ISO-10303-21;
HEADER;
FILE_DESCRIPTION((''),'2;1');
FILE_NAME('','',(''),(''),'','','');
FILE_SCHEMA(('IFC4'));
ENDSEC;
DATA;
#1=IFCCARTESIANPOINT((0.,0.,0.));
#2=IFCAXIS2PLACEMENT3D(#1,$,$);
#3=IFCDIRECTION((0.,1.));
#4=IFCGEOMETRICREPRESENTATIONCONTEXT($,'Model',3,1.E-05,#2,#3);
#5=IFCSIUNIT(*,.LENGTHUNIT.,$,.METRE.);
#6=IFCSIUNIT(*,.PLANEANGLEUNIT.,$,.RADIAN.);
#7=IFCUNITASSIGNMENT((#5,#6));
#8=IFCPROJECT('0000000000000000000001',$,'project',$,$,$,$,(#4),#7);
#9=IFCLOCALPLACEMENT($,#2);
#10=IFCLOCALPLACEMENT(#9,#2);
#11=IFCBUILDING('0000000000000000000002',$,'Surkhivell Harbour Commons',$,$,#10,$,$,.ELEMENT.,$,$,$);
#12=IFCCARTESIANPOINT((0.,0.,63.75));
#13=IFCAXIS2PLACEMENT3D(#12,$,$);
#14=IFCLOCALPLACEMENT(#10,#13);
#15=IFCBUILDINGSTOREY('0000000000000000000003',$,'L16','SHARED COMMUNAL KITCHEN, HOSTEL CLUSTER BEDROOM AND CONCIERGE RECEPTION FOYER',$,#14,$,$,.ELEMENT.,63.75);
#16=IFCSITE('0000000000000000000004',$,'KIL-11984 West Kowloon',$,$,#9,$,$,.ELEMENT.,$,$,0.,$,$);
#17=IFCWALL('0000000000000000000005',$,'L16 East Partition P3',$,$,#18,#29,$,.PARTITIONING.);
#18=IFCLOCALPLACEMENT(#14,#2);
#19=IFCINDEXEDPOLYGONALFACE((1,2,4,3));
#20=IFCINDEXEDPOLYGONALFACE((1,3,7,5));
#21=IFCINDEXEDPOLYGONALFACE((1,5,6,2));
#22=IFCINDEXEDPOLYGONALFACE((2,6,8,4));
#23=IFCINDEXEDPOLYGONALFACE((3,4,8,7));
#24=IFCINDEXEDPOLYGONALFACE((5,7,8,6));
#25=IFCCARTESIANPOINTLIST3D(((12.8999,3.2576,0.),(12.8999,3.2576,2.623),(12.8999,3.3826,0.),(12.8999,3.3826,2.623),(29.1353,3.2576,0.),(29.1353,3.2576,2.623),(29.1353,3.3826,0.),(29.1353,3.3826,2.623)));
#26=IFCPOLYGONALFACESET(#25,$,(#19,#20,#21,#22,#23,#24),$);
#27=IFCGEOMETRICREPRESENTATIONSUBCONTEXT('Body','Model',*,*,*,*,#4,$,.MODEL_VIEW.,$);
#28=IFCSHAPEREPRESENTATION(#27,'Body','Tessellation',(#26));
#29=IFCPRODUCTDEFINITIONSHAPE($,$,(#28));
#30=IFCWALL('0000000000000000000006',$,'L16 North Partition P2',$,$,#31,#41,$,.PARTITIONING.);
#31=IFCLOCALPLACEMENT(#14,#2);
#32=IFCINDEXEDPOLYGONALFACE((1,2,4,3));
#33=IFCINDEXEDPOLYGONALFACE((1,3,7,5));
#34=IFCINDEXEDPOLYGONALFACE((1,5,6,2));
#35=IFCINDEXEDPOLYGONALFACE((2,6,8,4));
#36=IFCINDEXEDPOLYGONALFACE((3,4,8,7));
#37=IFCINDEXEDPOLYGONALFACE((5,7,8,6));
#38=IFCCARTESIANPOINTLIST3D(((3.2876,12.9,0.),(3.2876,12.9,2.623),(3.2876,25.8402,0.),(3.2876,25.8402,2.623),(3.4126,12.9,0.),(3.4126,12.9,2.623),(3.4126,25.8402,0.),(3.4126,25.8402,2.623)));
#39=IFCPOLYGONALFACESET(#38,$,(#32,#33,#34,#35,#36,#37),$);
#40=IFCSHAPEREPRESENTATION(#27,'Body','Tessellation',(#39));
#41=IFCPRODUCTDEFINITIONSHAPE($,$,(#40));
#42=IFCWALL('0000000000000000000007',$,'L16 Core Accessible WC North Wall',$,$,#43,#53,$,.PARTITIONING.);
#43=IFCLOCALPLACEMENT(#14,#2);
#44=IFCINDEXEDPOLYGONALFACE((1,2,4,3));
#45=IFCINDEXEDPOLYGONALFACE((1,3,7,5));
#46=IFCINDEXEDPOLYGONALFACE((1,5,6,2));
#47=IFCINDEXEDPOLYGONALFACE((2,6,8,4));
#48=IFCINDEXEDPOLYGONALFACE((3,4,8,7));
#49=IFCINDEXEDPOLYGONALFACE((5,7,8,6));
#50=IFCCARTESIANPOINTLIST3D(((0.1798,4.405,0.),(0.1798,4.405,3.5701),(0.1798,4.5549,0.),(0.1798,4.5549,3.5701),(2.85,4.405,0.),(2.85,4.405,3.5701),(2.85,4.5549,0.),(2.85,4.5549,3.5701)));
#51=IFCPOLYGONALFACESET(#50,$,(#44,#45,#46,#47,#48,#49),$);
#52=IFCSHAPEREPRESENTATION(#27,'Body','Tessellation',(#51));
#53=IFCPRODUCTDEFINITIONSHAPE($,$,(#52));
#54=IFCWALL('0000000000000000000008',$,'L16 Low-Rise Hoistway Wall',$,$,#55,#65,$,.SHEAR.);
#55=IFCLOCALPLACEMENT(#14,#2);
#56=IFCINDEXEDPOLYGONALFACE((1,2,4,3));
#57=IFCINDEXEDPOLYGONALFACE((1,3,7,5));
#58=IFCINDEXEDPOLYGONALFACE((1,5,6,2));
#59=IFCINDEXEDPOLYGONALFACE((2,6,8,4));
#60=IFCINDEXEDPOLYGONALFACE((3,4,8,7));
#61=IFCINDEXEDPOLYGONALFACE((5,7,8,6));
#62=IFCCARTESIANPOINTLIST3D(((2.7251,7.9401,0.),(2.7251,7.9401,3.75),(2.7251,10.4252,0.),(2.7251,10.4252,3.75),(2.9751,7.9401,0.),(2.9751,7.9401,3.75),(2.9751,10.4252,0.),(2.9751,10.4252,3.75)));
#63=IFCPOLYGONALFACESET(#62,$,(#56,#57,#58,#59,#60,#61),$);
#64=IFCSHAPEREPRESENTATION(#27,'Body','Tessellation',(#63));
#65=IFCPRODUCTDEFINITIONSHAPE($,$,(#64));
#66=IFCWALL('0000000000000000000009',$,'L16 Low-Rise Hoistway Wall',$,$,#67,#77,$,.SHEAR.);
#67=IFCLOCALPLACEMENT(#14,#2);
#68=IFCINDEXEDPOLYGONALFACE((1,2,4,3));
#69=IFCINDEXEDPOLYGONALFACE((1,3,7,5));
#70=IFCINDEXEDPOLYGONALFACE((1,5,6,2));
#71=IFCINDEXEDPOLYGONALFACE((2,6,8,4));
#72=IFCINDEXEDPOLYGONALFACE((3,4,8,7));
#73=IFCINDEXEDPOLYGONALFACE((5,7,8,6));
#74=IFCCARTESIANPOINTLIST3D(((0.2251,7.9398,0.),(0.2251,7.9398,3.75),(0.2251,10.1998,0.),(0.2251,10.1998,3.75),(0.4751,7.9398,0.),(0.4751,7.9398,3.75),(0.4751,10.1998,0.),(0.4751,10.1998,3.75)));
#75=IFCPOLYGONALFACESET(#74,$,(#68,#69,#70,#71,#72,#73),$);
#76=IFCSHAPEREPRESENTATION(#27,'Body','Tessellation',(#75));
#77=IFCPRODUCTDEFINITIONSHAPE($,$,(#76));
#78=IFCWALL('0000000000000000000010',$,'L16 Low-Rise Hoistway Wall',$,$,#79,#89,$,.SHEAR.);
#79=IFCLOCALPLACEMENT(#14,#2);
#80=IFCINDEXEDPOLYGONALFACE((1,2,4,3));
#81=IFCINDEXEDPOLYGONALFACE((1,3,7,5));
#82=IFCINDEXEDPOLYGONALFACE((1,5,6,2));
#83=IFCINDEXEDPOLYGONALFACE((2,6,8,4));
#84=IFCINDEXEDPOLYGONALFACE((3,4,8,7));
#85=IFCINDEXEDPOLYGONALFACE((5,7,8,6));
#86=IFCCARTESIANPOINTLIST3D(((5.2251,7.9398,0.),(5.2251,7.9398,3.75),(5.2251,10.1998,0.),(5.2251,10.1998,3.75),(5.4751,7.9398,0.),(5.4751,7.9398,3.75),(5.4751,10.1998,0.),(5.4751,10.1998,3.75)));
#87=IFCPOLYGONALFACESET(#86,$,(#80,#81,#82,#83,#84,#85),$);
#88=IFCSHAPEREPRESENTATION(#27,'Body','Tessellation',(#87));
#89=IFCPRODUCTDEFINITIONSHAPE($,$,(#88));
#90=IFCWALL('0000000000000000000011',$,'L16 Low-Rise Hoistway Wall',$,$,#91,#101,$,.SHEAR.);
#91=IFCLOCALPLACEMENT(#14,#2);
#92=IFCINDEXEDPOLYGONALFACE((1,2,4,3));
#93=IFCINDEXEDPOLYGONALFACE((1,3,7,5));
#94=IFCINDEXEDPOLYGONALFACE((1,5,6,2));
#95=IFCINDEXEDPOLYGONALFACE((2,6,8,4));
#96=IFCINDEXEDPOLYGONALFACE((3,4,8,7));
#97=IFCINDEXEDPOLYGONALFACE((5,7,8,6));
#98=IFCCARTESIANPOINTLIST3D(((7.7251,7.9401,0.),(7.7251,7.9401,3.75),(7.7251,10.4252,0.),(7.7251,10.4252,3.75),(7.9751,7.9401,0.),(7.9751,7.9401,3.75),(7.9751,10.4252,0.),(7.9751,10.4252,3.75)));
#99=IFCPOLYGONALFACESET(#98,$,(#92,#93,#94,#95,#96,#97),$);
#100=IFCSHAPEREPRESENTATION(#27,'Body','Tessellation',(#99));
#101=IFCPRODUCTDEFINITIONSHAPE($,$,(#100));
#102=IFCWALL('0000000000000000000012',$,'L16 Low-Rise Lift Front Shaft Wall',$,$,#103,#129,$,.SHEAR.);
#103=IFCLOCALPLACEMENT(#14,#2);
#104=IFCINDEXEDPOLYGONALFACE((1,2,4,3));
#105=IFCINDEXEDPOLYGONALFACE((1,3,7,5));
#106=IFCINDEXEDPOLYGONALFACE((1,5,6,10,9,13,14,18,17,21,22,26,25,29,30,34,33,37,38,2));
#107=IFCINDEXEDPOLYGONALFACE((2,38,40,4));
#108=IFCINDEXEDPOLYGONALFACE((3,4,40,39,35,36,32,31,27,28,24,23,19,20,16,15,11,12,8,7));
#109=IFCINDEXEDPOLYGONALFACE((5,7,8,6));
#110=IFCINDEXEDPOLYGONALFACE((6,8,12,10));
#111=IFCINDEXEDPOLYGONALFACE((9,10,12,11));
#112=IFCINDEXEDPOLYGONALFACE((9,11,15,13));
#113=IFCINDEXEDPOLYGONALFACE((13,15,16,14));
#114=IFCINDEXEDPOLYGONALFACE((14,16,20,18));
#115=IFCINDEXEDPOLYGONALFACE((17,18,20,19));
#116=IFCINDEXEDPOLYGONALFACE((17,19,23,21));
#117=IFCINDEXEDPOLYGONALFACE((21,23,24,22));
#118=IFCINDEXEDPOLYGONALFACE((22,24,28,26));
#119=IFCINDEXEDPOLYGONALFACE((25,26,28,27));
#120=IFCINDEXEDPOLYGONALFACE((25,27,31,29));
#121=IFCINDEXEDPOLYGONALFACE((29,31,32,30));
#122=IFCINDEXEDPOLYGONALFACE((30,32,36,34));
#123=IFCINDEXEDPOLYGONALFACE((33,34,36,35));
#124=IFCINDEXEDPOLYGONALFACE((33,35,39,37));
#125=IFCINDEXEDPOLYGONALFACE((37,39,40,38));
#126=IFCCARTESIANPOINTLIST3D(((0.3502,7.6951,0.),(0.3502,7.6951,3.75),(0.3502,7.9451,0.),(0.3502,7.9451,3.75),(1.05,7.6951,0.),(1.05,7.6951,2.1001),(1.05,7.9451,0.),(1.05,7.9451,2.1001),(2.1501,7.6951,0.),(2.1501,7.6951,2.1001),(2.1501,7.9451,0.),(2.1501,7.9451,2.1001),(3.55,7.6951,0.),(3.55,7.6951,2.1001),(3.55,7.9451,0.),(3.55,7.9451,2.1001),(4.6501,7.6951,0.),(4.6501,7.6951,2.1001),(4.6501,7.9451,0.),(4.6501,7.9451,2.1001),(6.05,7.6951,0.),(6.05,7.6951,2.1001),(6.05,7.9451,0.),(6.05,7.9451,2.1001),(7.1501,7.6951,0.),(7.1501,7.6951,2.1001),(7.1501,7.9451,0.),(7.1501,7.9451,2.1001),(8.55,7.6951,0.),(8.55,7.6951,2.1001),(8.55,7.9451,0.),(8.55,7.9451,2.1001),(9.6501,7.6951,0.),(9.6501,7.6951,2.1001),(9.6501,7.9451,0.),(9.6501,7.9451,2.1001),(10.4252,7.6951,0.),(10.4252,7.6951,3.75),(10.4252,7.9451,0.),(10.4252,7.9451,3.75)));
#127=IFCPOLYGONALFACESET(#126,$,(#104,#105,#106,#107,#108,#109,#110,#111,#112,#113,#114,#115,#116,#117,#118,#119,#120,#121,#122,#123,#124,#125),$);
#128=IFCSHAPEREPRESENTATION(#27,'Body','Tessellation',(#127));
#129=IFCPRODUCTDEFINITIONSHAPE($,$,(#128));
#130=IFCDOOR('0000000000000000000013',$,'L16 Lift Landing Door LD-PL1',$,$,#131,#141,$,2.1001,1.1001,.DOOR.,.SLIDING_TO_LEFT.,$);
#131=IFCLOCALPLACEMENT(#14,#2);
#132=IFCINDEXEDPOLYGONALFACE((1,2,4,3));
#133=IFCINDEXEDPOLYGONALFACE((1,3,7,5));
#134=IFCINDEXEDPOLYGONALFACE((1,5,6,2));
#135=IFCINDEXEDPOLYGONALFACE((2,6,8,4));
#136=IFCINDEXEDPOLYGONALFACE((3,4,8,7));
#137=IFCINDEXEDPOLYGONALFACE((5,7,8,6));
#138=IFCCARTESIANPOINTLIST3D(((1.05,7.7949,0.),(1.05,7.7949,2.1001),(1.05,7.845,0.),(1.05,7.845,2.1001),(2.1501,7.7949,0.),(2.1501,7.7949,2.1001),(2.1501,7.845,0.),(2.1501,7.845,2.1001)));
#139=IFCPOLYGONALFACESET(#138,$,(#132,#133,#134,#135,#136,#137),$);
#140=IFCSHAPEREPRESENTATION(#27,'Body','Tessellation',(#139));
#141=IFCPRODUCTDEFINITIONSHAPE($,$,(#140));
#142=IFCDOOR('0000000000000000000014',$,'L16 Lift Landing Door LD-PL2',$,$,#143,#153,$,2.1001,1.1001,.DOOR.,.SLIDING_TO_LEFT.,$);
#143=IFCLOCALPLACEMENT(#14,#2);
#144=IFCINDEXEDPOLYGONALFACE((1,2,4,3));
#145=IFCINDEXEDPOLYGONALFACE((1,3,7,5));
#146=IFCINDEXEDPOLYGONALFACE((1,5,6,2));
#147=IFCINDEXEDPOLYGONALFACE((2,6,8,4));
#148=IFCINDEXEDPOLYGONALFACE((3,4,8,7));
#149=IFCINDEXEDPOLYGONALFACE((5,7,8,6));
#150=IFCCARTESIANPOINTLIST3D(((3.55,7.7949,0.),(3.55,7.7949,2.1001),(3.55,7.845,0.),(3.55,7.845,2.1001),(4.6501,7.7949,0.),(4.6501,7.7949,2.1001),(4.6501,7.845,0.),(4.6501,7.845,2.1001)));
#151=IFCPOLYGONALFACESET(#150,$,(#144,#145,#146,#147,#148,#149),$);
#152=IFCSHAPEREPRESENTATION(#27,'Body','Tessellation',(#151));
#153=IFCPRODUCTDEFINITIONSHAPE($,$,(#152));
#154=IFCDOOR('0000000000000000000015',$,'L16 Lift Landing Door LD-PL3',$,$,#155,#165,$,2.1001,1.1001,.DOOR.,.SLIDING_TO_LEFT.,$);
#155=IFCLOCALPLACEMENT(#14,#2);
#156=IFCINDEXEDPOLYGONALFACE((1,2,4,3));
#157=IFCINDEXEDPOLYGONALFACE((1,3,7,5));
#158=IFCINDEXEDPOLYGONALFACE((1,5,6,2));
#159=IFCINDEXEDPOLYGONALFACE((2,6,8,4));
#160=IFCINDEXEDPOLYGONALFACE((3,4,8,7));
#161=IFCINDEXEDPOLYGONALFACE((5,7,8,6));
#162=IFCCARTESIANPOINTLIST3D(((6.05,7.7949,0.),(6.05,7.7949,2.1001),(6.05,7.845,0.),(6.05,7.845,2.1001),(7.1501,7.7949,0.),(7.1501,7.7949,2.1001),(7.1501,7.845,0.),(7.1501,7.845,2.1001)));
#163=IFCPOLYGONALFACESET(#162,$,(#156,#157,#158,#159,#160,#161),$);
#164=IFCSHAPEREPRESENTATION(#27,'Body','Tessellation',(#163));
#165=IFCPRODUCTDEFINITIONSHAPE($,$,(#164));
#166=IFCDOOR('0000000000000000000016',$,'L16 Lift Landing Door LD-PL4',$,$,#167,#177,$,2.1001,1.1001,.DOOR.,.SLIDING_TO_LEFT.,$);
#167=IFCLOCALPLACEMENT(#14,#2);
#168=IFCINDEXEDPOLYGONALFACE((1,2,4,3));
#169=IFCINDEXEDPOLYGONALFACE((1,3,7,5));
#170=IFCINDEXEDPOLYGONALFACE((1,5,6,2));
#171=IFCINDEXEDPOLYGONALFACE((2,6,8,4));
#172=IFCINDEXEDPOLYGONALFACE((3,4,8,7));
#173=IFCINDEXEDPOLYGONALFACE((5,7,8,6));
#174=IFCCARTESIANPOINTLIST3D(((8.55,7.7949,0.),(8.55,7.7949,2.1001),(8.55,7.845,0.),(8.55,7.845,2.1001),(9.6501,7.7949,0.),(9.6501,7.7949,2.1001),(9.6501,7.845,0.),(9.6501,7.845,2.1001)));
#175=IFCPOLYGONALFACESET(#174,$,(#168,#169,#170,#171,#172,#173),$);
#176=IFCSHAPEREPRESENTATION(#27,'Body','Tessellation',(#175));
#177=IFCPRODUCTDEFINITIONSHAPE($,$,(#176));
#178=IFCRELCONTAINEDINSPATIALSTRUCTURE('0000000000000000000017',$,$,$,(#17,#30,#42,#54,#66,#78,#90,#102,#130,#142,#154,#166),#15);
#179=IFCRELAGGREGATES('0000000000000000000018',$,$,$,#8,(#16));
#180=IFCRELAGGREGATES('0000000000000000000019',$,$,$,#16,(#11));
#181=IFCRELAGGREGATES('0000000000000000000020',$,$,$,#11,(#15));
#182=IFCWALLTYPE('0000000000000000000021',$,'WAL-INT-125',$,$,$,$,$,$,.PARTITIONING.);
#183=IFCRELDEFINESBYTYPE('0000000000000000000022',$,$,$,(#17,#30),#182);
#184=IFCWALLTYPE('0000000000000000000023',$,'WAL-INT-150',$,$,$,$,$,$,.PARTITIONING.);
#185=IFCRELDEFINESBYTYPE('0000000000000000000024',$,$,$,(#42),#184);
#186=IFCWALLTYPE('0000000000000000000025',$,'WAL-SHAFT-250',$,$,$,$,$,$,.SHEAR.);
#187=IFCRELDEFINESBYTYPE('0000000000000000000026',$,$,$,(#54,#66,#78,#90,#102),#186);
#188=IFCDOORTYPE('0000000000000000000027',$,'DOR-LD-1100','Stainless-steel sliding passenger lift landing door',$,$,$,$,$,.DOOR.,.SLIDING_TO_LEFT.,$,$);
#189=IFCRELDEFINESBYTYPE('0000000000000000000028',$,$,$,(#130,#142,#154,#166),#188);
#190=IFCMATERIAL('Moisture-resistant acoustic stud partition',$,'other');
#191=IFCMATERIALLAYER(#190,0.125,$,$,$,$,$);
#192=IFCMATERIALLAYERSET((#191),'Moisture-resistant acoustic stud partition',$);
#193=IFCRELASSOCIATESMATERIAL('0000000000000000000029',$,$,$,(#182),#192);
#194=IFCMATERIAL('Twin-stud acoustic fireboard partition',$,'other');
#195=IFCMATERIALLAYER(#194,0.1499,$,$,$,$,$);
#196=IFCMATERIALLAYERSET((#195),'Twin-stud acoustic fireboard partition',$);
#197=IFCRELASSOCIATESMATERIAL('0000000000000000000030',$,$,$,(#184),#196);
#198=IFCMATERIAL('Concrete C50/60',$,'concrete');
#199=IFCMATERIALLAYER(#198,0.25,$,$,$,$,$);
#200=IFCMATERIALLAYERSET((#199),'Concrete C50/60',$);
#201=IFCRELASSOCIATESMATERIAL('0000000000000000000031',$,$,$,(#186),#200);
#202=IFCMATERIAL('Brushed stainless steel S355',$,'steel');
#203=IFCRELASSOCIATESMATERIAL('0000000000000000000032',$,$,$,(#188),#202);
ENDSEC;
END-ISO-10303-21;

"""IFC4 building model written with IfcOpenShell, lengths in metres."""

from ifc_helpers import new_model, si_unit, direction, frame, frame_2d, origin, place, context, subcontext, project, spatial, rectangle, extrude, material, layer, layer_set, type_object, element, fill, save


model = new_model("IFC4")

# Units and contexts
model_context = context("Model", 3, precision=1e-05, world=origin(), true_north=direction((0.0, 1.0)))
body_context = subcontext(model_context, "Body", "Model", "MODEL_VIEW")
ifc_project = project(units=[si_unit("LENGTHUNIT", "METRE"), si_unit("PLANEANGLEUNIT", "RADIAN")], contexts=[model_context])

# Site, building, storey
site_placement = place(None, origin())
site = spatial("IfcSite", under=ifc_project, at=site_placement, Name="KIL-11984 West Kowloon", CompositionType="ELEMENT", RefElevation=0.0)
building_placement = place(site_placement, origin())
building = spatial("IfcBuilding", under=site, at=building_placement, Name="Surkhivell Harbour Commons", CompositionType="ELEMENT")
storey_placement = place(building_placement, frame((0.0, 0.0, 63.75)))
storey = spatial("IfcBuildingStorey", under=building, at=storey_placement, Name="L16", Description="SHARED COMMUNAL KITCHEN, HOSTEL CLUSTER BEDROOM AND CONCIERGE RECEPTION FOYER", CompositionType="ELEMENT", Elevation=63.75)

# Walls
ifc_material_1 = material(Name="Moisture-resistant acoustic stud partition", Category="other")
ifc_layer_1 = layer(ifc_material_1, 0.125)
ifc_layer_set_1 = layer_set([ifc_layer_1], Name="Moisture-resistant acoustic stud partition")
wall_type_1 = type_object("IfcWallType", Name="WAL-INT-125", PredefinedType="PARTITIONING", material=ifc_layer_set_1)
wall_1_placement = place(storey_placement, frame((12.8999, 3.3201, 0.0), z_axis=(0.0, 0.0, 1.0), x_axis=(1.0, 0.0, 0.0)))
element("IfcWall", 1, at=wall_1_placement, inside=storey, type_object=wall_type_1, Name="L16 East Partition P3", PredefinedType="PARTITIONING", context=body_context, shape_type="SweptSolid", body=[
    extrude(rectangle(XDim=16.2354, YDim=0.125, at=frame_2d((8.1177, 0.0))), origin(), (0.0, 0.0, 1.0), 2.623),
])
wall_2_placement = place(storey_placement, frame((3.3501, 12.8999, 0.0), z_axis=(0.0, 0.0, 1.0), x_axis=(0.0, 1.0, 0.0)))
element("IfcWall", 2, at=wall_2_placement, inside=storey, type_object=wall_type_1, Name="L16 North Partition P2", PredefinedType="PARTITIONING", context=body_context, shape_type="SweptSolid", body=[
    extrude(rectangle(XDim=12.9402, YDim=0.125, at=frame_2d((6.4702, 0.0))), origin(), (0.0, 0.0, 1.0), 2.623),
])
ifc_material_2 = material(Name="Twin-stud acoustic fireboard partition", Category="other")
ifc_layer_2 = layer(ifc_material_2, 0.1499)
ifc_layer_set_2 = layer_set([ifc_layer_2], Name="Twin-stud acoustic fireboard partition")
wall_type_2 = type_object("IfcWallType", Name="WAL-INT-150", PredefinedType="PARTITIONING", material=ifc_layer_set_2)
wall_3_placement = place(storey_placement, frame((0.1799, 4.48, 0.0), z_axis=(0.0, 0.0, 1.0), x_axis=(1.0, 0.0, 0.0)))
element("IfcWall", 3, at=wall_3_placement, inside=storey, type_object=wall_type_2, Name="L16 Core Accessible WC North Wall", PredefinedType="PARTITIONING", context=body_context, shape_type="SweptSolid", body=[
    extrude(rectangle(XDim=2.6702, YDim=0.1499, at=frame_2d((1.335, 0.0))), origin(), (0.0, 0.0, 1.0), 3.5701),
])
ifc_material_3 = material(Name="Concrete C50/60", Category="concrete")
ifc_layer_3 = layer(ifc_material_3, 0.25)
ifc_layer_set_3 = layer_set([ifc_layer_3], Name="Concrete C50/60")
wall_type_3 = type_object("IfcWallType", Name="WAL-SHAFT-250", PredefinedType="SHEAR", material=ifc_layer_set_3)
wall_4_placement = place(storey_placement, frame((2.8501, 7.9399, 0.0), z_axis=(0.0, 0.0, 1.0), x_axis=(0.0, 1.0, 0.0)))
element("IfcWall", 4, at=wall_4_placement, inside=storey, type_object=wall_type_3, Name="L16 Low-Rise Hoistway Wall", PredefinedType="SHEAR", context=body_context, shape_type="SweptSolid", body=[
    extrude(rectangle(XDim=2.4851, YDim=0.25, at=frame_2d((1.2427, 0.0))), origin(), (0.0, 0.0, 1.0), 3.75),
])
for number, where, z_axis, x_axis, name in (
    (5, (0.3501, 7.9399, 0.0), (0.0, 0.0, 1.0), (0.0, 1.0, 0.0), "L16 Low-Rise Hoistway Wall"),
    (6, (5.3501, 7.9399, 0.0), (0.0, 0.0, 1.0), (0.0, 1.0, 0.0), "L16 Low-Rise Hoistway Wall"),
):
    element("IfcWall", number, at=place(storey_placement, frame(where, z_axis=z_axis, x_axis=x_axis)), inside=storey, type_object=wall_type_3, Name=name, PredefinedType="SHEAR", context=body_context, shape_type="SweptSolid", body=[
        extrude(rectangle(XDim=2.26, YDim=0.25, at=frame_2d((1.1299, 0.0))), origin(), (0.0, 0.0, 1.0), 3.75),
    ])
wall_5_placement = place(storey_placement, frame((7.8501, 7.9399, 0.0), z_axis=(0.0, 0.0, 1.0), x_axis=(0.0, 1.0, 0.0)))
element("IfcWall", 7, at=wall_5_placement, inside=storey, type_object=wall_type_3, Name="L16 Low-Rise Hoistway Wall", PredefinedType="SHEAR", context=body_context, shape_type="SweptSolid", body=[
    extrude(rectangle(XDim=2.4851, YDim=0.25, at=frame_2d((1.2427, 0.0))), origin(), (0.0, 0.0, 1.0), 3.75),
])

# Wall, openings, doors
wall_6_placement = place(storey_placement, frame((0.3501, 7.8201, 0.0), z_axis=(0.0, 0.0, 1.0), x_axis=(1.0, 0.0, 0.0)))
wall_6 = element("IfcWall", 8, at=wall_6_placement, inside=storey, type_object=wall_type_3, Name="L16 Low-Rise Lift Front Shaft Wall", PredefinedType="SHEAR", context=body_context, shape_type="SweptSolid", body=[
    extrude(rectangle(XDim=10.075, YDim=0.25, at=frame_2d((5.0376, 0.0))), origin(), (0.0, 0.0, 1.0), 3.75),
])
opening_1_placement = place(wall_6_placement, frame((0.7, 0.0, 0.0)))
opening_1 = element("IfcOpeningElement", 9, at=opening_1_placement, cuts=wall_6, PredefinedType="OPENING", context=body_context, shape_type="SweptSolid", body=[
    extrude(rectangle(XDim=1.1001, YDim=2.1001, at=frame_2d((0.55, 1.05))), frame((0.0, 0.135, 0.0), z_axis=(0.0, -1.0, 0.0), x_axis=(1.0, 0.0, 0.0)), (0.0, 0.0, 1.0), 0.27),
])
opening_2_placement = place(wall_6_placement, frame((3.2, 0.0, 0.0)))
opening_2 = element("IfcOpeningElement", 10, at=opening_2_placement, cuts=wall_6, PredefinedType="OPENING", context=body_context, shape_type="SweptSolid", body=[
    extrude(rectangle(XDim=1.1001, YDim=2.1001, at=frame_2d((0.55, 1.05))), frame((0.0, 0.135, 0.0), z_axis=(0.0, -1.0, 0.0), x_axis=(1.0, 0.0, 0.0)), (0.0, 0.0, 1.0), 0.27),
])
opening_3_placement = place(wall_6_placement, frame((5.7, 0.0, 0.0)))
opening_3 = element("IfcOpeningElement", 11, at=opening_3_placement, cuts=wall_6, PredefinedType="OPENING", context=body_context, shape_type="SweptSolid", body=[
    extrude(rectangle(XDim=1.1001, YDim=2.1001, at=frame_2d((0.55, 1.05))), frame((0.0, 0.135, 0.0), z_axis=(0.0, -1.0, 0.0), x_axis=(1.0, 0.0, 0.0)), (0.0, 0.0, 1.0), 0.27),
])
opening_4_placement = place(wall_6_placement, frame((8.2, 0.0, 0.0)))
opening_4 = element("IfcOpeningElement", 12, at=opening_4_placement, cuts=wall_6, PredefinedType="OPENING", context=body_context, shape_type="SweptSolid", body=[
    extrude(rectangle(XDim=1.1001, YDim=2.1001, at=frame_2d((0.55, 1.05))), frame((0.0, 0.135, 0.0), z_axis=(0.0, -1.0, 0.0), x_axis=(1.0, 0.0, 0.0)), (0.0, 0.0, 1.0), 0.27),
])
ifc_material_4 = material(Name="Brushed stainless steel S355", Category="steel")
door_type = type_object("IfcDoorType", Name="DOR-LD-1100", Description="Stainless-steel sliding passenger lift landing door", OperationType="SLIDING_TO_LEFT", PredefinedType="DOOR", material=ifc_material_4)
door_1_placement = place(opening_1_placement, origin())
door_1 = element("IfcDoor", 13, at=door_1_placement, inside=storey, type_object=door_type, Name="L16 Lift Landing Door LD-PL1", OperationType="SLIDING_TO_LEFT", OverallHeight=2.1001, OverallWidth=1.1001, PredefinedType="DOOR", context=body_context, shape_type="SweptSolid", body=[
    extrude(rectangle(XDim=1.1001, YDim=2.1001, at=frame_2d((0.55, 1.05))), frame((0.0, 0.0249, 0.0), z_axis=(0.0, -1.0, 0.0), x_axis=(1.0, 0.0, 0.0)), (0.0, 0.0, 1.0), 0.05),
])
fill(opening_1, door_1)
door_2_placement = place(opening_2_placement, origin())
door_2 = element("IfcDoor", 14, at=door_2_placement, inside=storey, type_object=door_type, Name="L16 Lift Landing Door LD-PL2", OperationType="SLIDING_TO_LEFT", OverallHeight=2.1001, OverallWidth=1.1001, PredefinedType="DOOR", context=body_context, shape_type="SweptSolid", body=[
    extrude(rectangle(XDim=1.1001, YDim=2.1001, at=frame_2d((0.55, 1.05))), frame((0.0, 0.0249, 0.0), z_axis=(0.0, -1.0, 0.0), x_axis=(1.0, 0.0, 0.0)), (0.0, 0.0, 1.0), 0.05),
])
fill(opening_2, door_2)
door_3_placement = place(opening_3_placement, origin())
door_3 = element("IfcDoor", 15, at=door_3_placement, inside=storey, type_object=door_type, Name="L16 Lift Landing Door LD-PL3", OperationType="SLIDING_TO_LEFT", OverallHeight=2.1001, OverallWidth=1.1001, PredefinedType="DOOR", context=body_context, shape_type="SweptSolid", body=[
    extrude(rectangle(XDim=1.1001, YDim=2.1001, at=frame_2d((0.55, 1.05))), frame((0.0, 0.0249, 0.0), z_axis=(0.0, -1.0, 0.0), x_axis=(1.0, 0.0, 0.0)), (0.0, 0.0, 1.0), 0.05),
])
fill(opening_3, door_3)
door_4_placement = place(opening_4_placement, origin())
door_4 = element("IfcDoor", 16, at=door_4_placement, inside=storey, type_object=door_type, Name="L16 Lift Landing Door LD-PL4", OperationType="SLIDING_TO_LEFT", OverallHeight=2.1001, OverallWidth=1.1001, PredefinedType="DOOR", context=body_context, shape_type="SweptSolid", body=[
    extrude(rectangle(XDim=1.1001, YDim=2.1001, at=frame_2d((0.55, 1.05))), frame((0.0, 0.0249, 0.0), z_axis=(0.0, -1.0, 0.0), x_axis=(1.0, 0.0, 0.0)), (0.0, 0.0, 1.0), 0.05),
])
fill(opening_4, door_4)

save(model, "model.ifc")
